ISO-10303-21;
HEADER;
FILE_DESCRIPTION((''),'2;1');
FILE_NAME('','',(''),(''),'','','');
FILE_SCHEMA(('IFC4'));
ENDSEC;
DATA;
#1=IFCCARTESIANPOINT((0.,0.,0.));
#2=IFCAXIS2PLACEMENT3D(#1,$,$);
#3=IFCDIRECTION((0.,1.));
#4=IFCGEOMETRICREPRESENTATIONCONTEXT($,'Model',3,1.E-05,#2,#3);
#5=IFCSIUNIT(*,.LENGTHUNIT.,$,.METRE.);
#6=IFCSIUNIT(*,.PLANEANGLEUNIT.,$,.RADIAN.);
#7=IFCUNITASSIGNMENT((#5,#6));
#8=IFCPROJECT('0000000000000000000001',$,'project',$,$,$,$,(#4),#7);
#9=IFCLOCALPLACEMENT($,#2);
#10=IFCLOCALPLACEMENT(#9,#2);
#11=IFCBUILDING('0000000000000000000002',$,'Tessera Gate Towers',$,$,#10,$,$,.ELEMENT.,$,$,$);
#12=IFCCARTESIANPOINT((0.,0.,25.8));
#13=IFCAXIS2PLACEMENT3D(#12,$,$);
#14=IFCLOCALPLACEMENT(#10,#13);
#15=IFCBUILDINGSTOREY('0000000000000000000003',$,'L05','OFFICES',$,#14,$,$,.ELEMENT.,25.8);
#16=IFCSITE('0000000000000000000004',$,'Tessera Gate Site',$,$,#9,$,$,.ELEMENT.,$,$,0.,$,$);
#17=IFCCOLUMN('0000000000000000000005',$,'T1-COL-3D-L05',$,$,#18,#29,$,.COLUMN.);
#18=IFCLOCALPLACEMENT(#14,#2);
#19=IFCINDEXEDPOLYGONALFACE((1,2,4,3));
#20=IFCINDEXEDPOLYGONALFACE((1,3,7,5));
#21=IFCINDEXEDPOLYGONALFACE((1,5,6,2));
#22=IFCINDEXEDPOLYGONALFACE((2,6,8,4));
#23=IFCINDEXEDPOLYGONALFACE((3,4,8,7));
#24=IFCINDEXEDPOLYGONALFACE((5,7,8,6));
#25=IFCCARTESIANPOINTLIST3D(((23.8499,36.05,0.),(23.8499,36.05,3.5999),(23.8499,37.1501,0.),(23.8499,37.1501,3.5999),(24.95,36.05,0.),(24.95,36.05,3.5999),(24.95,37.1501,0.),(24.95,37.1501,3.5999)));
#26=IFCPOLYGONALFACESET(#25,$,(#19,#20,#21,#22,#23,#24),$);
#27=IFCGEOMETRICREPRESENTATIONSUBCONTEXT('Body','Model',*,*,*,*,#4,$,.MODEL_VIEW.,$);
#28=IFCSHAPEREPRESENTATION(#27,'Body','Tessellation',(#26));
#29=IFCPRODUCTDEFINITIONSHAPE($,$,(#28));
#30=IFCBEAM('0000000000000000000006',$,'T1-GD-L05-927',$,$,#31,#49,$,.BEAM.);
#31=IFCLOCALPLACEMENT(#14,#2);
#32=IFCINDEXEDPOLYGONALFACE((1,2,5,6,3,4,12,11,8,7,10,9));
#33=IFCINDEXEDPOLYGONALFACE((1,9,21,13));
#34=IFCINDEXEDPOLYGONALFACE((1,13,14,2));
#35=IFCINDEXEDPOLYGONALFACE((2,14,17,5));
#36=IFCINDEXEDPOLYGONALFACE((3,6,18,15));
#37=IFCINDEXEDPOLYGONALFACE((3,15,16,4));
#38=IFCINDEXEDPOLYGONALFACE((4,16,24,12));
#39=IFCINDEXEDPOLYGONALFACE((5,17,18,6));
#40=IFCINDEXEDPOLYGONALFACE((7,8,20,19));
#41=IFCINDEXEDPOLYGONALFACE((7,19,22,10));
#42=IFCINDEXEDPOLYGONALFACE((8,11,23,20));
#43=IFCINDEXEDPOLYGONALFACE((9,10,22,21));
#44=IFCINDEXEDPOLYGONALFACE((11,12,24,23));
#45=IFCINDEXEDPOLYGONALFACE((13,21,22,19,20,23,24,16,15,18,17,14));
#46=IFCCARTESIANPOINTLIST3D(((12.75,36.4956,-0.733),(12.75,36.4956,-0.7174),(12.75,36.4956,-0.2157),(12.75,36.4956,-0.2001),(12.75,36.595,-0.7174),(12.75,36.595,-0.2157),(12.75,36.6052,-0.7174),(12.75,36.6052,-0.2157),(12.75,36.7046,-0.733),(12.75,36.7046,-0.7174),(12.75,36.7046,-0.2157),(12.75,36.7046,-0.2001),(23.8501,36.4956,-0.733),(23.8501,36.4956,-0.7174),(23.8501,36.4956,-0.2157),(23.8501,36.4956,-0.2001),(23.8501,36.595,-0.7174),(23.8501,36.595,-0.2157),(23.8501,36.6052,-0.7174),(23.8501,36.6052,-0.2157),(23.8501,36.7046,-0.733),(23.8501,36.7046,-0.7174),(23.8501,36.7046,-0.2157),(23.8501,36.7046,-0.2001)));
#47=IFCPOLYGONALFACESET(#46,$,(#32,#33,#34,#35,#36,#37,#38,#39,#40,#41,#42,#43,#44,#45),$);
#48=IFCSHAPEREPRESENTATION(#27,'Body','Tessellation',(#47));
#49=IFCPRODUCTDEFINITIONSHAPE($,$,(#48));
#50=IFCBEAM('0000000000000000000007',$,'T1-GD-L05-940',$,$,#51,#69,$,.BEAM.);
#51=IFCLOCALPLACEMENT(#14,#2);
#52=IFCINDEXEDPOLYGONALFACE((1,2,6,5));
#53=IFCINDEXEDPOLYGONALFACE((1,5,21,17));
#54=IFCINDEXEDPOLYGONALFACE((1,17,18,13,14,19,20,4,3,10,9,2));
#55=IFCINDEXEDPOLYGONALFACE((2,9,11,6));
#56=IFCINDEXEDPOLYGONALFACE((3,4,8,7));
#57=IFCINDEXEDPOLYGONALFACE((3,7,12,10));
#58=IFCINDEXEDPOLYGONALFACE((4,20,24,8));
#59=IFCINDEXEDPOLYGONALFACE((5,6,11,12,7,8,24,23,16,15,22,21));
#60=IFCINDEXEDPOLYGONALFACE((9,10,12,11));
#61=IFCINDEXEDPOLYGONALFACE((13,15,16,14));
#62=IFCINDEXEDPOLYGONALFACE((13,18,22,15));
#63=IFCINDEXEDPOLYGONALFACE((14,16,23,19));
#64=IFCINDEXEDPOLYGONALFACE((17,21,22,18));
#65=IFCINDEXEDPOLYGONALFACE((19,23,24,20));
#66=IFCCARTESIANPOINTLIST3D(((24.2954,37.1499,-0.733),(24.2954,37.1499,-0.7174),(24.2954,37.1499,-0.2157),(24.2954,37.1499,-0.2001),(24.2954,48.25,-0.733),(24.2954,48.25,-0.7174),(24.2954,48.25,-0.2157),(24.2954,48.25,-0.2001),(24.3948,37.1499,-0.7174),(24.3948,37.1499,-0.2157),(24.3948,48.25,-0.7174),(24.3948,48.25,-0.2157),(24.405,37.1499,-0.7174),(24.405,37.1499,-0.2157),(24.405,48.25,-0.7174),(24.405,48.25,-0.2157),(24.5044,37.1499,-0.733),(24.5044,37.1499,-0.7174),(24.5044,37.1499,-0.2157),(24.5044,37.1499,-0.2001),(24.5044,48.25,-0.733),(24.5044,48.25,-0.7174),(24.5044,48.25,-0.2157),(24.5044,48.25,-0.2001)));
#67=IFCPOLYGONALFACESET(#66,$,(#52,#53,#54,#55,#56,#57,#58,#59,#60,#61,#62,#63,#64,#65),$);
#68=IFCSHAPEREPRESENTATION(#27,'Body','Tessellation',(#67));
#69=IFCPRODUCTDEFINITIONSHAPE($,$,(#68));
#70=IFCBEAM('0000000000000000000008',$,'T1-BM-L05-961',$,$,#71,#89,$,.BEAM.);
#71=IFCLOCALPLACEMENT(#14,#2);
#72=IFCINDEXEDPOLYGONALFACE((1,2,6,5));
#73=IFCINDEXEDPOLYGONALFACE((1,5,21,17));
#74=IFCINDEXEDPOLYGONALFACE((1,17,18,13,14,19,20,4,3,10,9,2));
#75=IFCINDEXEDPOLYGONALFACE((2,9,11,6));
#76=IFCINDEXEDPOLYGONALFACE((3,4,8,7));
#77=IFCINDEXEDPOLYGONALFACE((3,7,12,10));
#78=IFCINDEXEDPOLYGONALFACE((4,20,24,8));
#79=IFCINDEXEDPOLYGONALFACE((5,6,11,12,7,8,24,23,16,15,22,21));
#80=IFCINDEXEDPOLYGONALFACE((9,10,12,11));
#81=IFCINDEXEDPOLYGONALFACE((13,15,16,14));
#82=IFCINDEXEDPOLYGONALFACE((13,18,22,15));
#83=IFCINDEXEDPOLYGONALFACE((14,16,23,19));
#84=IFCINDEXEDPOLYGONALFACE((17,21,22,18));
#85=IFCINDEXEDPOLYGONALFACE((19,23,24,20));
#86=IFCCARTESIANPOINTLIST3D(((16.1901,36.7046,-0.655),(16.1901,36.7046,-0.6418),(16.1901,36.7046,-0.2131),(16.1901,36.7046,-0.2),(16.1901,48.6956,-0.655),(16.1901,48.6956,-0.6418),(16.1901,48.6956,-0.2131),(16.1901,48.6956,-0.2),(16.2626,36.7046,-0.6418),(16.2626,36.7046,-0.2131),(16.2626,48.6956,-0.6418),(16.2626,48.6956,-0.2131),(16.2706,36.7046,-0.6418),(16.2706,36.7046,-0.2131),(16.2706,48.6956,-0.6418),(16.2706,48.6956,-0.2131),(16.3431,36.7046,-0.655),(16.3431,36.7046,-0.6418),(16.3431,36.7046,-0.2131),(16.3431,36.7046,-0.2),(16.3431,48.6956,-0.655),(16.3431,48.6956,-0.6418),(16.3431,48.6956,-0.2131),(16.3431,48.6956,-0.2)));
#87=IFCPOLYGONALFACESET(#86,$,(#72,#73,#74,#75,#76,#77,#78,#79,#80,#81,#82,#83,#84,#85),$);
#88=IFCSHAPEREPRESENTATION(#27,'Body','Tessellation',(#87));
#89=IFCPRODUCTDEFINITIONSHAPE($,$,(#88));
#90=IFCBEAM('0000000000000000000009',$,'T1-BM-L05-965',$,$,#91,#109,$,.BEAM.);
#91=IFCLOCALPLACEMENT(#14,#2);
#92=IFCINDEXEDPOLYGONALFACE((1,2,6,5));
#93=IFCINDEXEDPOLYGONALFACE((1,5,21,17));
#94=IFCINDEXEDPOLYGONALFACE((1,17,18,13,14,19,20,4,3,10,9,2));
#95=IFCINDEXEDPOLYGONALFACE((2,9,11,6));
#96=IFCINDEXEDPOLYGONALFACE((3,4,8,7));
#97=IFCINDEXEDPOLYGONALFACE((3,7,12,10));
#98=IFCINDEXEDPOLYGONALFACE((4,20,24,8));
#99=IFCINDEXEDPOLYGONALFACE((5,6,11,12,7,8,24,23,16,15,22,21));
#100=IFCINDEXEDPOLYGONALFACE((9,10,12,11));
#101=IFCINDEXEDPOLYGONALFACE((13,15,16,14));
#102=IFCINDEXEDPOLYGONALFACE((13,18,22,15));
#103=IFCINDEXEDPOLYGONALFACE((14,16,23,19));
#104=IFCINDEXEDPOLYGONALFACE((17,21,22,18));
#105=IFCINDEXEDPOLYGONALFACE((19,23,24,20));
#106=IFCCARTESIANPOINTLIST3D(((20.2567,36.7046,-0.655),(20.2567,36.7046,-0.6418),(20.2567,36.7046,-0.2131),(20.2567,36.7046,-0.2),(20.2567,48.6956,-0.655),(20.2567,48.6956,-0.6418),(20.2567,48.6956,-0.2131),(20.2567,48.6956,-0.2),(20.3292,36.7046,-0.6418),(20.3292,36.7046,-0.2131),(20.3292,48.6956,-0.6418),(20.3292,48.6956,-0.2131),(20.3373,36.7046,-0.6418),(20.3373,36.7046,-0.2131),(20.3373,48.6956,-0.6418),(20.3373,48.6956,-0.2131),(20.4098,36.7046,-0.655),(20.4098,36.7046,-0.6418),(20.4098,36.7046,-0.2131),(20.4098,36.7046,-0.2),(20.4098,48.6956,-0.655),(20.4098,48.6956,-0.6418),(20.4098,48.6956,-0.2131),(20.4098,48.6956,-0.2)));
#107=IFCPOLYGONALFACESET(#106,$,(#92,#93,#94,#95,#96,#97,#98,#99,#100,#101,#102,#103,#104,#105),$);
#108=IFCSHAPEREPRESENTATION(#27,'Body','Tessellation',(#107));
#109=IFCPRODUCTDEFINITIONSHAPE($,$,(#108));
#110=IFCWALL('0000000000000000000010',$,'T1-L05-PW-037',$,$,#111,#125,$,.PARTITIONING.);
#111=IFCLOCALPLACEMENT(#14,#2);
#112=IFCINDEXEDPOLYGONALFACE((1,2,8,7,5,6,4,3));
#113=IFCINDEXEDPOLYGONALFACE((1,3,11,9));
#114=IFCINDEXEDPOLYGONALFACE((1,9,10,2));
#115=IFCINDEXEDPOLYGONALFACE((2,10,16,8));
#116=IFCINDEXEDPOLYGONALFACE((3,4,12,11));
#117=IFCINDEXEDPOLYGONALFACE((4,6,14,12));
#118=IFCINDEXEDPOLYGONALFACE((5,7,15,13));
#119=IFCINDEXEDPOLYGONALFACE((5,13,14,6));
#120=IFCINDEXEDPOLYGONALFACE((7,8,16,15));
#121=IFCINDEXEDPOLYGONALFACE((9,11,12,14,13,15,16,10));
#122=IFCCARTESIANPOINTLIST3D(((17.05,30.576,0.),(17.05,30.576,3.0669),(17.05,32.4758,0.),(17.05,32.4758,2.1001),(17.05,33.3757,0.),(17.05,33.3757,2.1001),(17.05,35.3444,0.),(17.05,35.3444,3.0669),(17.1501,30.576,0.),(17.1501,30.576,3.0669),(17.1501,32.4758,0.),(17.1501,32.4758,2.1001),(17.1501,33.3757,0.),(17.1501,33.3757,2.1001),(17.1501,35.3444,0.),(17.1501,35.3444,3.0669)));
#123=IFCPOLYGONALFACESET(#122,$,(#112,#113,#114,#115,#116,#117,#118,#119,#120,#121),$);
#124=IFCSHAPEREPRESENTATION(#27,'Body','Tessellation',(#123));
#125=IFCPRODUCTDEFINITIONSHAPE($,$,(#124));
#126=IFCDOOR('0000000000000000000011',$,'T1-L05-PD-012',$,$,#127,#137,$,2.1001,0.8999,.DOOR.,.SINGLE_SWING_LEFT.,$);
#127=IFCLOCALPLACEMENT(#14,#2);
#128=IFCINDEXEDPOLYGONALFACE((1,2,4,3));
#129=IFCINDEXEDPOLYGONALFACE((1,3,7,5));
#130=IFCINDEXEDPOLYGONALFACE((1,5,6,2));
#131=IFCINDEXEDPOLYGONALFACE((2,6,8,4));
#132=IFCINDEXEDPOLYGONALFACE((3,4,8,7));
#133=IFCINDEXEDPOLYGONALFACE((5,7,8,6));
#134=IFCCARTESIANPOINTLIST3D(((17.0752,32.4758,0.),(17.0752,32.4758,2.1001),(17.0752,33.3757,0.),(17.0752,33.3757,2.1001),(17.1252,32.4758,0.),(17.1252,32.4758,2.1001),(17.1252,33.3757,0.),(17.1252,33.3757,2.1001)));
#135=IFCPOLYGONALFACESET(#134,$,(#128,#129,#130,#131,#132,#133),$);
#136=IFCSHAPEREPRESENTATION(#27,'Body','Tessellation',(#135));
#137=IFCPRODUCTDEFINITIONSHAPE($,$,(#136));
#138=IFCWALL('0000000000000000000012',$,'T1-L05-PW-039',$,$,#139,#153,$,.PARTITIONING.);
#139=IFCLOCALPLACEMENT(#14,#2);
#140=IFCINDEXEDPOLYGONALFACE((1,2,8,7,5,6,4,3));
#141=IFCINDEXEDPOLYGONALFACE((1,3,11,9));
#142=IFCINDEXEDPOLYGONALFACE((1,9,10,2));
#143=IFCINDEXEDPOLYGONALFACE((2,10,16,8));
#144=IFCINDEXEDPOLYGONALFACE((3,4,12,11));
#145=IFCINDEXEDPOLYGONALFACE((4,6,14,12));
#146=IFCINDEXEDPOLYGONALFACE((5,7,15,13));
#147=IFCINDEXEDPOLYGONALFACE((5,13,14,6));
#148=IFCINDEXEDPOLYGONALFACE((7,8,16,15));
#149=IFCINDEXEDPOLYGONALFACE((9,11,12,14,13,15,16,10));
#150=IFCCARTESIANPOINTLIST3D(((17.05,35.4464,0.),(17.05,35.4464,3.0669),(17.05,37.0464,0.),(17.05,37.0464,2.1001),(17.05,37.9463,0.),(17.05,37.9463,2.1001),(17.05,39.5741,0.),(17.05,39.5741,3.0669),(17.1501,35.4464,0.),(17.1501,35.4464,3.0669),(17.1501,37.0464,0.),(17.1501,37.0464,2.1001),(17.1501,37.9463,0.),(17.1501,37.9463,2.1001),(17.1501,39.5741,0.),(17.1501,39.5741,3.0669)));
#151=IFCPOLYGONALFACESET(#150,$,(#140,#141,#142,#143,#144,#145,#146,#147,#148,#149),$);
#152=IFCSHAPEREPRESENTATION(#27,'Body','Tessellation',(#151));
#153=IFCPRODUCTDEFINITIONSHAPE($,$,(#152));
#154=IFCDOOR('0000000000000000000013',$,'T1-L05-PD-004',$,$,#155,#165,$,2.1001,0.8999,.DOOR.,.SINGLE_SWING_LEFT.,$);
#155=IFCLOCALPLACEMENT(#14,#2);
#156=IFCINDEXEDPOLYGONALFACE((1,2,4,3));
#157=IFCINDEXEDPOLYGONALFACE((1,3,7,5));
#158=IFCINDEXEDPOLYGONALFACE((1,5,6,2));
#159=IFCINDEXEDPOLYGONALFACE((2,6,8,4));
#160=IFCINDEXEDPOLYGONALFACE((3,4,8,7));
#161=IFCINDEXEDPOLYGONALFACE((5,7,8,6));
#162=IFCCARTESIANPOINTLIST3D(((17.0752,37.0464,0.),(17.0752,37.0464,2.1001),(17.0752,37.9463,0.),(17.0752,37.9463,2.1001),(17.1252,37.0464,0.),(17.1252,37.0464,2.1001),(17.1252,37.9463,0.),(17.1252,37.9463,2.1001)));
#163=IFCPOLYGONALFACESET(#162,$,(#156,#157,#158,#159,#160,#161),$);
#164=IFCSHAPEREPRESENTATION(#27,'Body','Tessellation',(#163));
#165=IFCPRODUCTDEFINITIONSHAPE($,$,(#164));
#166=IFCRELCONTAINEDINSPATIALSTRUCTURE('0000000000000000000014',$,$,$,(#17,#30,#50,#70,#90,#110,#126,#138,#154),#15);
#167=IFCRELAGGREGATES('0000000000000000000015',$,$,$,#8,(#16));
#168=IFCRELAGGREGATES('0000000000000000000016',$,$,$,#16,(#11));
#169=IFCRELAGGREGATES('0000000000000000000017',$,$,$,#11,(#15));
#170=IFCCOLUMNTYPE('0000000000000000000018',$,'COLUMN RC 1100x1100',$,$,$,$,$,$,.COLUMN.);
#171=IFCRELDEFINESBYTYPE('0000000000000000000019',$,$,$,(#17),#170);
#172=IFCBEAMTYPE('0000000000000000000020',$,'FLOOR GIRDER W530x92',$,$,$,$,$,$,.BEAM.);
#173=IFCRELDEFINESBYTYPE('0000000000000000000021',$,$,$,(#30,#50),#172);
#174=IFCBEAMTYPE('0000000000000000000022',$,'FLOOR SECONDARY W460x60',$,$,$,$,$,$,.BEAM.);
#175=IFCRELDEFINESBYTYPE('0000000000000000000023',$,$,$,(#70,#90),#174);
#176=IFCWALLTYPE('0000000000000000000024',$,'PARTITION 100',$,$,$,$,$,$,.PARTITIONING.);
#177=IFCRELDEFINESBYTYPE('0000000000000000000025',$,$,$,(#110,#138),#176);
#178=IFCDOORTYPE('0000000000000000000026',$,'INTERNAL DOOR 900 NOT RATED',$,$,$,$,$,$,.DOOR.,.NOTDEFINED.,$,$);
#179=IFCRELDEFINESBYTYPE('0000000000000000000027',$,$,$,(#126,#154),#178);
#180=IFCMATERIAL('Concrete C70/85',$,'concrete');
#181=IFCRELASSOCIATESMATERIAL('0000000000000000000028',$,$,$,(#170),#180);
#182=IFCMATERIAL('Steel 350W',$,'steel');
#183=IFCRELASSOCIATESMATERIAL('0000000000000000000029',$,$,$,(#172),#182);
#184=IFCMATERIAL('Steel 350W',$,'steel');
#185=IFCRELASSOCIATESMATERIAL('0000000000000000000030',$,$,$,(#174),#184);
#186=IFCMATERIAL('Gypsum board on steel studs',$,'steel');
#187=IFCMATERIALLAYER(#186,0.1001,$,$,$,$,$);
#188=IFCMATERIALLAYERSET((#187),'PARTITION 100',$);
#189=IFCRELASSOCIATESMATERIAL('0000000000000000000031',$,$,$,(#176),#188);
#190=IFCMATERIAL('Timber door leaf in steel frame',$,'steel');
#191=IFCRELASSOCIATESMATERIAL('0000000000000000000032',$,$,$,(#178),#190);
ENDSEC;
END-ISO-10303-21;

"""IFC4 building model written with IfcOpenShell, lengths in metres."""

from ifc_helpers import new_model, si_unit, direction, frame, frame_2d, origin, origin_2d, place, context, subcontext, project, spatial, rectangle, i_section, extrude, source, transform, mapped, material, layer, layer_set, material_profile, profile_set, type_object, element, fill, save


model = new_model("IFC4")

# Units and contexts
model_context = context("Model", 3, precision=1e-05, world=origin(), true_north=direction((0.0, 1.0)))
body_context = subcontext(model_context, "Body", "Model", "MODEL_VIEW")
ifc_project = project(units=[si_unit("LENGTHUNIT", "METRE"), si_unit("PLANEANGLEUNIT", "RADIAN")], contexts=[model_context])

# Site, building, storey
site_placement = place(None, origin())
site = spatial("IfcSite", under=ifc_project, at=site_placement, Name="Tessera Gate Site", CompositionType="ELEMENT", RefElevation=0.0)
building_placement = place(site_placement, origin())
building = spatial("IfcBuilding", under=site, at=building_placement, Name="Tessera Gate Towers", CompositionType="ELEMENT")
storey_placement = place(building_placement, frame((0.0, 0.0, 25.8)))
storey = spatial("IfcBuildingStorey", under=building, at=storey_placement, Name="L05", Description="OFFICES", CompositionType="ELEMENT", Elevation=25.8)

# Column
ifc_material_1 = material(Name="Concrete C70/85", Category="concrete")
ifc_material_profile_1 = material_profile(ifc_material_1, rectangle(XDim=1.1001, YDim=1.1001, at=origin_2d()), Name="RC 1100x1100")
ifc_profile_set_1 = profile_set([ifc_material_profile_1], Name="Concrete C70/85")
column_type = type_object("IfcColumnType", Name="COLUMN RC 1100x1100", PredefinedType="COLUMN", material=ifc_profile_set_1)
column_placement = place(storey_placement, frame((24.3999, 36.6001, 0.0), z_axis=(0.0, 0.0, 1.0), x_axis=(1.0, 0.0, 0.0)))
element("IfcColumn", 1, at=column_placement, inside=storey, type_object=column_type, Name="T1-COL-3D-L05", PredefinedType="COLUMN", context=body_context, shape_type="SweptSolid", body=[
    extrude(rectangle(XDim=1.1001, YDim=1.1001, at=origin_2d()), origin(), (0.0, 0.0, 1.0), 3.5999),
])

# Beams
ifc_material_2 = material(Name="Steel 350W", Category="steel")
ifc_material_profile_2 = material_profile(ifc_material_2, i_section(OverallWidth=0.209, OverallDepth=0.533, WebThickness=0.0103, FlangeThickness=0.0156, at=origin_2d()), Name="W530x92")
ifc_profile_set_2 = profile_set([ifc_material_profile_2], Name="Steel 350W")
beam_type_1 = type_object("IfcBeamType", Name="FLOOR GIRDER W530x92", PredefinedType="BEAM", material=ifc_profile_set_2)
for number, where, z_axis, x_axis, name in (
    (2, (12.75, 36.6001, -0.4666), (1.0, 0.0, 0.0), (0.0, 1.0, 0.0), "T1-GD-L05-927"),
    (3, (24.3999, 37.1499, -0.4666), (0.0, 1.0, 0.0), (-1.0, 0.0, 0.0), "T1-GD-L05-940"),
):
    element("IfcBeam", number, at=place(storey_placement, frame(where, z_axis=z_axis, x_axis=x_axis)), inside=storey, type_object=beam_type_1, Name=name, PredefinedType="BEAM", context=body_context, shape_type="SweptSolid", body=[
        extrude(i_section(OverallWidth=0.209, OverallDepth=0.533, WebThickness=0.0103, FlangeThickness=0.0156, at=origin_2d()), origin(), (0.0, 0.0, 1.0), 11.1001),
    ])
ifc_material_3 = material(Name="Steel 350W", Category="steel")
ifc_material_profile_3 = material_profile(ifc_material_3, i_section(OverallWidth=0.1531, OverallDepth=0.4551, WebThickness=0.0081, FlangeThickness=0.0132, at=origin_2d()), Name="W460x60")
ifc_profile_set_3 = profile_set([ifc_material_profile_3], Name="Steel 350W")
beam_type_2 = type_object("IfcBeamType", Name="FLOOR SECONDARY W460x60", PredefinedType="BEAM", material=ifc_profile_set_3)
for number, where, z_axis, x_axis, name in (
    (4, (16.2666, 36.7046, -0.4275), (0.0, 1.0, 0.0), (-1.0, 0.0, 0.0), "T1-BM-L05-961"),
    (5, (20.3333, 36.7046, -0.4275), (0.0, 1.0, 0.0), (-1.0, 0.0, 0.0), "T1-BM-L05-965"),
):
    element("IfcBeam", number, at=place(storey_placement, frame(where, z_axis=z_axis, x_axis=x_axis)), inside=storey, type_object=beam_type_2, Name=name, PredefinedType="BEAM", context=body_context, shape_type="SweptSolid", body=[
        extrude(i_section(OverallWidth=0.1531, OverallDepth=0.4551, WebThickness=0.0081, FlangeThickness=0.0132, at=origin_2d()), origin(), (0.0, 0.0, 1.0), 11.991),
    ])

# Walls, openings, doors
ifc_material_4 = material(Name="Gypsum board on steel studs", Category="steel")
ifc_layer_1 = layer(ifc_material_4, 0.1001)
ifc_layer_set_1 = layer_set([ifc_layer_1], Name="PARTITION 100")
wall_type_1 = type_object("IfcWallType", Name="PARTITION 100", PredefinedType="PARTITIONING", material=ifc_layer_set_1)
wall_1_placement = place(storey_placement, frame((17.1001, 30.5759, 0.0), z_axis=(0.0, 0.0, 1.0), x_axis=(0.0, 1.0, 0.0)))
wall_1 = element("IfcWall", 6, at=wall_1_placement, inside=storey, type_object=wall_type_1, Name="T1-L05-PW-037", PredefinedType="PARTITIONING", context=body_context, shape_type="SweptSolid", body=[
    extrude(rectangle(XDim=4.7683, YDim=0.1001, at=frame_2d((2.3843, 0.0))), origin(), (0.0, 0.0, 1.0), 3.0669),
])
shared_shape_1 = source(origin(), body_context, "Body", "SweptSolid", [
    extrude(rectangle(XDim=0.8999, YDim=2.1001, at=frame_2d((0.45, 1.05))), frame((0.0, 0.0601, 0.0), z_axis=(0.0, -1.0, 0.0), x_axis=(1.0, 0.0, 0.0)), (0.0, 0.0, 1.0), 0.1201),
])
opening_1_placement = place(wall_1_placement, frame((1.8999, 0.0, 0.0)))
opening_1 = element("IfcOpeningElement", 7, at=opening_1_placement, cuts=wall_1, PredefinedType="OPENING", context=body_context, shape_type="MappedRepresentation", body=[
    mapped(shared_shape_1, transform((0.0, 0.0, 0.0), scale=1.0)),
])
ifc_material_5 = material(Name="Timber door leaf in steel frame", Category="steel")
door_type = type_object("IfcDoorType", Name="INTERNAL DOOR 900 NOT RATED", OperationType="NOTDEFINED", PredefinedType="DOOR", material=ifc_material_5)
shared_shape_2 = source(origin(), body_context, "Body", "SweptSolid", [
    extrude(rectangle(XDim=0.8999, YDim=2.1001, at=frame_2d((0.45, 1.05))), frame((0.0, 0.0249, 0.0), z_axis=(0.0, -1.0, 0.0), x_axis=(1.0, 0.0, 0.0)), (0.0, 0.0, 1.0), 0.05),
])
door_1_placement = place(opening_1_placement, origin())
door_1 = element("IfcDoor", 8, at=door_1_placement, inside=storey, type_object=door_type, Name="T1-L05-PD-012", OperationType="SINGLE_SWING_LEFT", OverallHeight=2.1001, OverallWidth=0.8999, PredefinedType="DOOR", context=body_context, shape_type="MappedRepresentation", body=[
    mapped(shared_shape_2, transform((0.0, 0.0, 0.0), scale=1.0)),
])
fill(opening_1, door_1)
wall_2_placement = place(storey_placement, frame((17.1001, 35.4463, 0.0), z_axis=(0.0, 0.0, 1.0), x_axis=(0.0, 1.0, 0.0)))
wall_2 = element("IfcWall", 9, at=wall_2_placement, inside=storey, type_object=wall_type_1, Name="T1-L05-PW-039", PredefinedType="PARTITIONING", context=body_context, shape_type="SweptSolid", body=[
    extrude(rectangle(XDim=4.1277, YDim=0.1001, at=frame_2d((2.064, 0.0))), origin(), (0.0, 0.0, 1.0), 3.0669),
])
opening_2_placement = place(wall_2_placement, frame((1.6001, 0.0, 0.0)))
opening_2 = element("IfcOpeningElement", 10, at=opening_2_placement, cuts=wall_2, PredefinedType="OPENING", context=body_context, shape_type="MappedRepresentation", body=[
    mapped(shared_shape_1, transform((0.0, 0.0, 0.0), scale=1.0)),
])
door_2_placement = place(opening_2_placement, origin())
door_2 = element("IfcDoor", 11, at=door_2_placement, inside=storey, type_object=door_type, Name="T1-L05-PD-004", OperationType="SINGLE_SWING_LEFT", OverallHeight=2.1001, OverallWidth=0.8999, PredefinedType="DOOR", context=body_context, shape_type="MappedRepresentation", body=[
    mapped(shared_shape_2, transform((0.0, 0.0, 0.0), scale=1.0)),
])
fill(opening_2, door_2)

save(model, "model.ifc")
